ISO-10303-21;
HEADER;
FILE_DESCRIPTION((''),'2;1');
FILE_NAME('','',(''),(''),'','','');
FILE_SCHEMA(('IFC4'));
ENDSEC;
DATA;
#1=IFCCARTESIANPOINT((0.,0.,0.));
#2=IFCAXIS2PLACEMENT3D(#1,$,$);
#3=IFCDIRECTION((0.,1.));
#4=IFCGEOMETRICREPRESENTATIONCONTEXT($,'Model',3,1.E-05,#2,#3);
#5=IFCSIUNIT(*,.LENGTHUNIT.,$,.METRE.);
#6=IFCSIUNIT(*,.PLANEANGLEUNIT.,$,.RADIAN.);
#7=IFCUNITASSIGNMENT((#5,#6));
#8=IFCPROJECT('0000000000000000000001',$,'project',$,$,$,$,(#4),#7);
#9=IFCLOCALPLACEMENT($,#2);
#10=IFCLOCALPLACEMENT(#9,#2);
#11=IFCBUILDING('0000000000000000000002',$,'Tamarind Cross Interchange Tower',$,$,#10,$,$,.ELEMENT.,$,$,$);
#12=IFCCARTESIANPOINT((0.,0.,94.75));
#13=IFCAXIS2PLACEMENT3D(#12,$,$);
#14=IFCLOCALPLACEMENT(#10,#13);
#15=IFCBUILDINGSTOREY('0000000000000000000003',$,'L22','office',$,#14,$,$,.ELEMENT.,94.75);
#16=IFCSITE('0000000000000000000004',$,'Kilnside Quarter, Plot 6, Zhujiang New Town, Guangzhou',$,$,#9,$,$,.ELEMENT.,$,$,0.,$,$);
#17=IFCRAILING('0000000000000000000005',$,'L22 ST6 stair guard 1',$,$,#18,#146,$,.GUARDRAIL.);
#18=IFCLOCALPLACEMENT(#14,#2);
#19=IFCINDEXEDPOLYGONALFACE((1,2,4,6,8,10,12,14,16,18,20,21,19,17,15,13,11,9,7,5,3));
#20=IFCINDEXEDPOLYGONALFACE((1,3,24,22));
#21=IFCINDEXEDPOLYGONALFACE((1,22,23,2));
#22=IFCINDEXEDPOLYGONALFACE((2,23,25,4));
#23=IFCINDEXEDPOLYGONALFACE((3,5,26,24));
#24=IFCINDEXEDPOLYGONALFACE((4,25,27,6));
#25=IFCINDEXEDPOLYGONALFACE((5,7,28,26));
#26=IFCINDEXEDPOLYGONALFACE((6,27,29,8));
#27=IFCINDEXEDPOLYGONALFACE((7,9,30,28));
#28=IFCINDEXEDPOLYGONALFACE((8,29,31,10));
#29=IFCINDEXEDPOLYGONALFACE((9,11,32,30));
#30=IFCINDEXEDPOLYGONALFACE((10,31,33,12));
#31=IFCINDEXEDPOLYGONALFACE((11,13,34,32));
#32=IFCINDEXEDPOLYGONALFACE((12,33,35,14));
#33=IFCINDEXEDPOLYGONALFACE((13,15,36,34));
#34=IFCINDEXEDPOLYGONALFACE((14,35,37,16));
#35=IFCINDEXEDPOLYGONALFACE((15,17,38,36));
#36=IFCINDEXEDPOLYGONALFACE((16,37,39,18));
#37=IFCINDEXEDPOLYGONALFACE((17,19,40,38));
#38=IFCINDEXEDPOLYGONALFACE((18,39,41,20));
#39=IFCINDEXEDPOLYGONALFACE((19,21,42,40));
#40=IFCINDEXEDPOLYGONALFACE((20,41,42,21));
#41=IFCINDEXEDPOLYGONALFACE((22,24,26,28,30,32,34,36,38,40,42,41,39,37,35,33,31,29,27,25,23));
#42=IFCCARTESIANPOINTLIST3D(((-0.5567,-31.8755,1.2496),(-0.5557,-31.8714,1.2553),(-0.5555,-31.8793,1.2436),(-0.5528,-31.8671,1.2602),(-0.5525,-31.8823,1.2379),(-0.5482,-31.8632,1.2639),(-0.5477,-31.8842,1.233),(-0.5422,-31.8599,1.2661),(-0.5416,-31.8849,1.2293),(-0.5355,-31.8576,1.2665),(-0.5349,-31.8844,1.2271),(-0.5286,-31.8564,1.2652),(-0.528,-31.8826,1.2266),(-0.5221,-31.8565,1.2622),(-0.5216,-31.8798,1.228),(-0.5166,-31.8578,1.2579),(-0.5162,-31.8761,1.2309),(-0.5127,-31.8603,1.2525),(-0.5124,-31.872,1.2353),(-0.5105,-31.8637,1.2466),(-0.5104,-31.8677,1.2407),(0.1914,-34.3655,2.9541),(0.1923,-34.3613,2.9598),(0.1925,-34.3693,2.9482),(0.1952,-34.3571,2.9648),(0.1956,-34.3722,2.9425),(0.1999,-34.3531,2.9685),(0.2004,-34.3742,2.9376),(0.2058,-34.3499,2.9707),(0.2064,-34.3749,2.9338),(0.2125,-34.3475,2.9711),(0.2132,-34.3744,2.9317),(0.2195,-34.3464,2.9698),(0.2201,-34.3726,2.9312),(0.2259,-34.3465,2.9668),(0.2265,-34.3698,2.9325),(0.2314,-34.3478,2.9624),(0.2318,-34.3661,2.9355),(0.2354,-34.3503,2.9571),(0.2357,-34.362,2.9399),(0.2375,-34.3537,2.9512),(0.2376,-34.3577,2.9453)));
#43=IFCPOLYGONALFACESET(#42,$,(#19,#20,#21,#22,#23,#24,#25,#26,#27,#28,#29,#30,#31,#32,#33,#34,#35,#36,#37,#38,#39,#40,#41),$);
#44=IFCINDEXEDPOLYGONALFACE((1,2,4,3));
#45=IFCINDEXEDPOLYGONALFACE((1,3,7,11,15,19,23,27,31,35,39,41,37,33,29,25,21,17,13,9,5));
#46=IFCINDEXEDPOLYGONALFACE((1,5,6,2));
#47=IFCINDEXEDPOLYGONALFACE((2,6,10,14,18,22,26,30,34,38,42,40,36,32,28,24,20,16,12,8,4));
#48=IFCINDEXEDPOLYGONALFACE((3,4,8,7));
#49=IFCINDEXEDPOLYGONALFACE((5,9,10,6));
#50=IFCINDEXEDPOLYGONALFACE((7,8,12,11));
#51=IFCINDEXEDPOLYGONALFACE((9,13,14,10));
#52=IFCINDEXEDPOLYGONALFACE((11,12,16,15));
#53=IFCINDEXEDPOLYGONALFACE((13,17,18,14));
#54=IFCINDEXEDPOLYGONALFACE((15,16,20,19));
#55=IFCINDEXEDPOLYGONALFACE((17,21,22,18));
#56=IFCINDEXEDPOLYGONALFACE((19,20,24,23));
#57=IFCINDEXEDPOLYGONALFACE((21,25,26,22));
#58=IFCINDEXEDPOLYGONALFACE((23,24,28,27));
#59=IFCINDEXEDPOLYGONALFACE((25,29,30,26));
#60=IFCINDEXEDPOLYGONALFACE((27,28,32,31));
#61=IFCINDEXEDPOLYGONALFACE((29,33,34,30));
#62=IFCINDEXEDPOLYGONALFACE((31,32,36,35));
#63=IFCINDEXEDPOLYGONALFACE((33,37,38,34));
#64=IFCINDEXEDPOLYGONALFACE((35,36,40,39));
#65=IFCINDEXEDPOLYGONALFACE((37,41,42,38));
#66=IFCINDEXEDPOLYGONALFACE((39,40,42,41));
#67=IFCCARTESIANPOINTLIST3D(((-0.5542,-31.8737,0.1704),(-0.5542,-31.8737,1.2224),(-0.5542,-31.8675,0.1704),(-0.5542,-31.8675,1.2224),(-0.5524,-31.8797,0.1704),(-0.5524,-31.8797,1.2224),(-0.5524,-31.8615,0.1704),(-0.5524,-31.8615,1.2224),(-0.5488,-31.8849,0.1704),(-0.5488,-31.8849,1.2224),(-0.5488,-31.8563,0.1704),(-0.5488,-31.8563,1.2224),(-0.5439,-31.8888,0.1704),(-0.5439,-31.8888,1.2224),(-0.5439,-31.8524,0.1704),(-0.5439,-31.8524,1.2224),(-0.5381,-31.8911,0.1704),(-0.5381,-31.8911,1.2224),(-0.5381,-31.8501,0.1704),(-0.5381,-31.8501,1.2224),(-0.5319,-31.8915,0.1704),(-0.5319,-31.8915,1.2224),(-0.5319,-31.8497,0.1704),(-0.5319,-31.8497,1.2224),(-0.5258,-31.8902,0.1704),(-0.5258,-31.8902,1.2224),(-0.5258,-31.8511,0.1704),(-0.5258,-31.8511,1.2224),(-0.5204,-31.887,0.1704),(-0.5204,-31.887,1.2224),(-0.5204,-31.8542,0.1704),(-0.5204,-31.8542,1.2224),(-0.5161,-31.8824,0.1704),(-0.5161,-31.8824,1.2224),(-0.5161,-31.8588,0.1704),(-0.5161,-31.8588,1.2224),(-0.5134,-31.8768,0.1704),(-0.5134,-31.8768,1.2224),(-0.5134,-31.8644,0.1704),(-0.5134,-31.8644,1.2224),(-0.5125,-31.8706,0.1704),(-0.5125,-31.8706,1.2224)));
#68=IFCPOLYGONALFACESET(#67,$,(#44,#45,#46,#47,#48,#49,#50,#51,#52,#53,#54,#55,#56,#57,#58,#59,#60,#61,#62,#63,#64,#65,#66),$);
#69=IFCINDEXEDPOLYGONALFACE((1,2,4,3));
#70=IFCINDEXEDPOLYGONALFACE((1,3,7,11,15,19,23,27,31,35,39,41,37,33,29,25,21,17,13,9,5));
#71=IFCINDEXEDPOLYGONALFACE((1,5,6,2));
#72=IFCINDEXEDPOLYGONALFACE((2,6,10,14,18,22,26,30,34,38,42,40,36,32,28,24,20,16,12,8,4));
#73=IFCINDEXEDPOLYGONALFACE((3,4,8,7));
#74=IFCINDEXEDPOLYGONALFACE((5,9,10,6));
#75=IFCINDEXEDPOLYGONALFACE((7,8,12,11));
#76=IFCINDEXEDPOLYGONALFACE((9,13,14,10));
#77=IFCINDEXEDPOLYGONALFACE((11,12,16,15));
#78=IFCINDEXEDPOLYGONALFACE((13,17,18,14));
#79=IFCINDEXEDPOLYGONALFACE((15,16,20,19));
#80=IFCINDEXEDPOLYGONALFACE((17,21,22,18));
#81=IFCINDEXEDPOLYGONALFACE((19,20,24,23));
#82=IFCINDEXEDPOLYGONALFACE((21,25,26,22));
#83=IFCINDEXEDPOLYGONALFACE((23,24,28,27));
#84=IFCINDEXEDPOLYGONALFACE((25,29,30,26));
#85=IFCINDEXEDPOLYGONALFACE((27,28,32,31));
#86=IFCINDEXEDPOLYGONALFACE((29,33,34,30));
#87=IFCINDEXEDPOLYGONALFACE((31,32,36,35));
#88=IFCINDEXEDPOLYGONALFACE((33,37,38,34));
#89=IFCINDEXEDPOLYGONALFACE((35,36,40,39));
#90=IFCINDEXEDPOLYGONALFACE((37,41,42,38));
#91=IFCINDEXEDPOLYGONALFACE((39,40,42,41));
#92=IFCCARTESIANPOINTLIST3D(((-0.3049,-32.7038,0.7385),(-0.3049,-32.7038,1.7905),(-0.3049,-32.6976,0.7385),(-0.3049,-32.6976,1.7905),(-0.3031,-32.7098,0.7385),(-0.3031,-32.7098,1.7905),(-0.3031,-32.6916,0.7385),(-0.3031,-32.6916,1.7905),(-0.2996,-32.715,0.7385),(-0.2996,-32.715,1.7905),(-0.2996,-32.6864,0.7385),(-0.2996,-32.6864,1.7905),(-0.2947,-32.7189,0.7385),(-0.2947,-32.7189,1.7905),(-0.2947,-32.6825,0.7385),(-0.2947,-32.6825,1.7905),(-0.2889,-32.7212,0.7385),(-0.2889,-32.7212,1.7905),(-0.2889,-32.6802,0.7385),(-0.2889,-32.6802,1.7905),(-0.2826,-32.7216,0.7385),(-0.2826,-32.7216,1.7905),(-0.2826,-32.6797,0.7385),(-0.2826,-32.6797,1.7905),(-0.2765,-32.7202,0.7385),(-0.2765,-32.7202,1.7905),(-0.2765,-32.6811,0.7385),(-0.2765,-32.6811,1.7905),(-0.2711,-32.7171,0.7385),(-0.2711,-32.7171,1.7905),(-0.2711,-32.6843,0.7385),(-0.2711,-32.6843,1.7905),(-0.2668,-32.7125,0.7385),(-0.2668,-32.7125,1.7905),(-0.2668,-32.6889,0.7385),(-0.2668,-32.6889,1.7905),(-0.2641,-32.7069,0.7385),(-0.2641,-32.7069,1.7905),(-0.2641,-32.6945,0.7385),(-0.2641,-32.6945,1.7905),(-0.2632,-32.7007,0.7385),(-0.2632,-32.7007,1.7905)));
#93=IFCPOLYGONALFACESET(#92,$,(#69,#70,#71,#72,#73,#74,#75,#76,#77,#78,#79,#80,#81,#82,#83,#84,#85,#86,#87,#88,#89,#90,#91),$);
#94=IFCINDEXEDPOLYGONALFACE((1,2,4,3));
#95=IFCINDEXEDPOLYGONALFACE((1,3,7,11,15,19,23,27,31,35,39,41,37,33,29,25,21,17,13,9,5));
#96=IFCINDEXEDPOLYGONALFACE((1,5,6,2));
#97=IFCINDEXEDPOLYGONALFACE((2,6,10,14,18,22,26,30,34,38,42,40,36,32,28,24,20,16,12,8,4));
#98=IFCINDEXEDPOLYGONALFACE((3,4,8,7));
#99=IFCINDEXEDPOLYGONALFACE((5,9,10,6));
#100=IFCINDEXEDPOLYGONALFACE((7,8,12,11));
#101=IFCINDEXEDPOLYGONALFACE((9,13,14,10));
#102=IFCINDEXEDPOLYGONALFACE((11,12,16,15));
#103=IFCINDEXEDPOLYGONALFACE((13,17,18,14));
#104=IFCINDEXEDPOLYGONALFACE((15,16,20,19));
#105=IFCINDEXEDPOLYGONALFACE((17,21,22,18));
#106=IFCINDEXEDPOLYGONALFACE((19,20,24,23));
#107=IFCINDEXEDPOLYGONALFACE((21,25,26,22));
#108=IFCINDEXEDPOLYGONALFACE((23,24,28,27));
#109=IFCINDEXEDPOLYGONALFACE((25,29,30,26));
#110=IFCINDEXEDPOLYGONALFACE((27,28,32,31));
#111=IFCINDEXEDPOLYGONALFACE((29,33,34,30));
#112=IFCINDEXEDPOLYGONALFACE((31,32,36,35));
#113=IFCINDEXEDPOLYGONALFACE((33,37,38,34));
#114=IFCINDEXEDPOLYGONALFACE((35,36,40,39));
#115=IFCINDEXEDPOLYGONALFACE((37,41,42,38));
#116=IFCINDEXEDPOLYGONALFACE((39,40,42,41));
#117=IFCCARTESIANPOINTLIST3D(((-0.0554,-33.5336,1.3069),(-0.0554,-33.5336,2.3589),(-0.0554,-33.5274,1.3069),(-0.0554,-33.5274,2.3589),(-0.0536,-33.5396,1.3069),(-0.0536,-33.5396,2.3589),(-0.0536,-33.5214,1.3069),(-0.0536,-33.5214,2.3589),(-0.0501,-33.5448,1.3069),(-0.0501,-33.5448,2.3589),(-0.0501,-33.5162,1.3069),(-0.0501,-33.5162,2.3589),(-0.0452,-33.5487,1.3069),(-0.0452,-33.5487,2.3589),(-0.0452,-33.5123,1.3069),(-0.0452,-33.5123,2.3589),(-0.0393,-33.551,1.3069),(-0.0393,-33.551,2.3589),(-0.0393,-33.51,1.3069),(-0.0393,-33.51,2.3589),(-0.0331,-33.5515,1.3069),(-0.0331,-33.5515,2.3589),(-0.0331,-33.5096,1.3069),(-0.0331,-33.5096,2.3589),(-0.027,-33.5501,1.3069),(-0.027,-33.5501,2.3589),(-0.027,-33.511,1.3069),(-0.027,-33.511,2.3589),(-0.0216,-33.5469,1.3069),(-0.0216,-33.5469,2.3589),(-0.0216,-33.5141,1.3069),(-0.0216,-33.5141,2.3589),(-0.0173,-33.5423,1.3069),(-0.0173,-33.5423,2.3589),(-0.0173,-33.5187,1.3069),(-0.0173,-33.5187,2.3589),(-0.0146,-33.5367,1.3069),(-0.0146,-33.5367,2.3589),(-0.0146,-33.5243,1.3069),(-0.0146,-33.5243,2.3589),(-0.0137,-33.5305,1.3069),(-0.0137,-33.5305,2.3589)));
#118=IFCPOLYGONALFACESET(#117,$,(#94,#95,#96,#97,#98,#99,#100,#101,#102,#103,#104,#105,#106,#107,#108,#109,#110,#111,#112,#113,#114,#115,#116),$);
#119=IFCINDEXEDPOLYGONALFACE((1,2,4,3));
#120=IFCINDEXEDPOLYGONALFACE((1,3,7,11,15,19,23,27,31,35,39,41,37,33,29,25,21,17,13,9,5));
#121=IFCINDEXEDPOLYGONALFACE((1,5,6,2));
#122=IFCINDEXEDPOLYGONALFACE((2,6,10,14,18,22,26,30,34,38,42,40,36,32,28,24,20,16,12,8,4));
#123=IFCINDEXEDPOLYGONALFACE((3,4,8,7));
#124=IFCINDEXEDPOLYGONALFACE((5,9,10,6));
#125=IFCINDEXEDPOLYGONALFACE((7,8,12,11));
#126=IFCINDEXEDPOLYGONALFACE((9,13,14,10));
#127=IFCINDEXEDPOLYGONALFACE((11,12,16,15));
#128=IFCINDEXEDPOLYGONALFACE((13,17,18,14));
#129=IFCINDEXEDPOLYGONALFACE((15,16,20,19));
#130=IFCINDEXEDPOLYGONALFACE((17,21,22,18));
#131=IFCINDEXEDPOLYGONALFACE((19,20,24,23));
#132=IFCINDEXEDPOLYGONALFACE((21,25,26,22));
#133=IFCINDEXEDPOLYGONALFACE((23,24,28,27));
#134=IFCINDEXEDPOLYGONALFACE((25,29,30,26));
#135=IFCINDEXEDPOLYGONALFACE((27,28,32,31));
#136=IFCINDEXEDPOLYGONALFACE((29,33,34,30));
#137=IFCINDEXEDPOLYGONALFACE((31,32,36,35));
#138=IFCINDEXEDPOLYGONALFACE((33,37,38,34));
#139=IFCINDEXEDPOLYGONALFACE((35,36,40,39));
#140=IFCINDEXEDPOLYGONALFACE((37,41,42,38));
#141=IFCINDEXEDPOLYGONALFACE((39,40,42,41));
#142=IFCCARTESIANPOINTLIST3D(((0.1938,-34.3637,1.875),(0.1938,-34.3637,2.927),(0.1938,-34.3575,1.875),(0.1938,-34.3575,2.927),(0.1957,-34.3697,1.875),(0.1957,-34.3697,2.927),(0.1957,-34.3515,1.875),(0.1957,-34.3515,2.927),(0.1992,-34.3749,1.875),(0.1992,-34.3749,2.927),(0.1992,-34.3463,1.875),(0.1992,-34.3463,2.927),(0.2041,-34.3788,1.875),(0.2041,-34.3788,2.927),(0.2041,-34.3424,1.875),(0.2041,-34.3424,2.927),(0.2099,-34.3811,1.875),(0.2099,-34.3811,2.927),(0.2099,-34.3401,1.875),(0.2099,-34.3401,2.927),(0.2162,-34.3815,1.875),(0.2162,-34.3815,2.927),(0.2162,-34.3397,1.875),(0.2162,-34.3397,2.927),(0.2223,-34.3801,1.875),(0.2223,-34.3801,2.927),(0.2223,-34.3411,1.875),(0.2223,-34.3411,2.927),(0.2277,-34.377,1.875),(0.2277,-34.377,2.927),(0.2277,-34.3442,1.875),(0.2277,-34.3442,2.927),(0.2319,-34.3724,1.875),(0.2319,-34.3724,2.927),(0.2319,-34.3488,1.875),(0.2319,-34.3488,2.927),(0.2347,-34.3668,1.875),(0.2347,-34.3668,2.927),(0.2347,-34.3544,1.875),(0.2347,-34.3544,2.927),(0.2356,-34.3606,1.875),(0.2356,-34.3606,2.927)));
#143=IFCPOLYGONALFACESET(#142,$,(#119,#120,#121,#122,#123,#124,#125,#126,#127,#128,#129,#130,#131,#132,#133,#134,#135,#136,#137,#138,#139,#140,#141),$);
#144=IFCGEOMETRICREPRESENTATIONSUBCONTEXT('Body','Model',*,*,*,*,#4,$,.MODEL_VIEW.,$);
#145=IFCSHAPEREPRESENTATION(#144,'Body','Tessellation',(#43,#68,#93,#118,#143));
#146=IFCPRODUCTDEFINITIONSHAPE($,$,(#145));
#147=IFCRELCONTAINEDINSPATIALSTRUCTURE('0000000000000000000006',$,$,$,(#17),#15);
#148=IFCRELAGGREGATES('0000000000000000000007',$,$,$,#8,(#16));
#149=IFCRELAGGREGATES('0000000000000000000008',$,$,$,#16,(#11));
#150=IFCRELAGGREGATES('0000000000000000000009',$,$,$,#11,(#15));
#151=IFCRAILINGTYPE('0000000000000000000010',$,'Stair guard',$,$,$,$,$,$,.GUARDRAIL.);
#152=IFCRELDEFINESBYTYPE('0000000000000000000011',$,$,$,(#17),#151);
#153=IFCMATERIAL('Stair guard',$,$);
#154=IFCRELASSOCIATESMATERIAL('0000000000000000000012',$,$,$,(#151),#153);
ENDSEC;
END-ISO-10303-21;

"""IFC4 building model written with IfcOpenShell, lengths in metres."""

from ifc_helpers import new_model, si_unit, direction, frame, origin, origin_2d, place, context, subcontext, project, spatial, circle, extrude, material, type_object, element, save


model = new_model("IFC4")

# Units and contexts
model_context = context("Model", 3, precision=1e-05, world=origin(), true_north=direction((0.0, 1.0)))
body_context = subcontext(model_context, "Body", "Model", "MODEL_VIEW")
ifc_project = project(units=[si_unit("LENGTHUNIT", "METRE"), si_unit("PLANEANGLEUNIT", "RADIAN")], contexts=[model_context])

# Site, building, storey
site_placement = place(None, origin())
site = spatial("IfcSite", under=ifc_project, at=site_placement, Name="Kilnside Quarter, Plot 6, Zhujiang New Town, Guangzhou", CompositionType="ELEMENT", RefElevation=0.0)
building_placement = place(site_placement, origin())
building = spatial("IfcBuilding", under=site, at=building_placement, Name="Tamarind Cross Interchange Tower", CompositionType="ELEMENT")
storey_placement = place(building_placement, frame((0.0, 0.0, 94.75)))
storey = spatial("IfcBuildingStorey", under=building, at=storey_placement, Name="L22", Description="office", CompositionType="ELEMENT", Elevation=94.75)

# Railing
ifc_material_1 = material(Name="Stair guard")
railing_type_1 = type_object("IfcRailingType", Name="Stair guard", PredefinedType="GUARDRAIL", material=ifc_material_1)
railing_1_placement = place(storey_placement, frame((-0.5334, -31.8706, 0.1704)))
element("IfcRailing", 1, at=railing_1_placement, inside=storey, type_object=railing_type_1, Name="L22 ST6 stair guard 1", PredefinedType="GUARDRAIL", context=body_context, shape_type="SweptSolid", body=[
    extrude(circle(Radius=0.0239, at=origin_2d()), frame((0.0, 0.0, 1.0762), z_axis=(0.240615, -0.800924, 0.548294), x_axis=(0.957715, 0.287718, 0.0)), (0.0, 0.0, 1.0), 3.1089),
    extrude(circle(Radius=0.021, at=origin_2d()), origin(), (0.0, 0.0, 1.0), 1.052),
    extrude(circle(Radius=0.021, at=origin_2d()), frame((0.2493, -0.8301, 0.5681)), (0.0, 0.0, 1.0), 1.052),
    extrude(circle(Radius=0.021, at=origin_2d()), frame((0.4988, -1.6599, 1.1365)), (0.0, 0.0, 1.0), 1.052),
    extrude(circle(Radius=0.021, at=origin_2d()), frame((0.748, -2.49, 1.7046)), (0.0, 0.0, 1.0), 1.052),
])

save(model, "model.ifc")
